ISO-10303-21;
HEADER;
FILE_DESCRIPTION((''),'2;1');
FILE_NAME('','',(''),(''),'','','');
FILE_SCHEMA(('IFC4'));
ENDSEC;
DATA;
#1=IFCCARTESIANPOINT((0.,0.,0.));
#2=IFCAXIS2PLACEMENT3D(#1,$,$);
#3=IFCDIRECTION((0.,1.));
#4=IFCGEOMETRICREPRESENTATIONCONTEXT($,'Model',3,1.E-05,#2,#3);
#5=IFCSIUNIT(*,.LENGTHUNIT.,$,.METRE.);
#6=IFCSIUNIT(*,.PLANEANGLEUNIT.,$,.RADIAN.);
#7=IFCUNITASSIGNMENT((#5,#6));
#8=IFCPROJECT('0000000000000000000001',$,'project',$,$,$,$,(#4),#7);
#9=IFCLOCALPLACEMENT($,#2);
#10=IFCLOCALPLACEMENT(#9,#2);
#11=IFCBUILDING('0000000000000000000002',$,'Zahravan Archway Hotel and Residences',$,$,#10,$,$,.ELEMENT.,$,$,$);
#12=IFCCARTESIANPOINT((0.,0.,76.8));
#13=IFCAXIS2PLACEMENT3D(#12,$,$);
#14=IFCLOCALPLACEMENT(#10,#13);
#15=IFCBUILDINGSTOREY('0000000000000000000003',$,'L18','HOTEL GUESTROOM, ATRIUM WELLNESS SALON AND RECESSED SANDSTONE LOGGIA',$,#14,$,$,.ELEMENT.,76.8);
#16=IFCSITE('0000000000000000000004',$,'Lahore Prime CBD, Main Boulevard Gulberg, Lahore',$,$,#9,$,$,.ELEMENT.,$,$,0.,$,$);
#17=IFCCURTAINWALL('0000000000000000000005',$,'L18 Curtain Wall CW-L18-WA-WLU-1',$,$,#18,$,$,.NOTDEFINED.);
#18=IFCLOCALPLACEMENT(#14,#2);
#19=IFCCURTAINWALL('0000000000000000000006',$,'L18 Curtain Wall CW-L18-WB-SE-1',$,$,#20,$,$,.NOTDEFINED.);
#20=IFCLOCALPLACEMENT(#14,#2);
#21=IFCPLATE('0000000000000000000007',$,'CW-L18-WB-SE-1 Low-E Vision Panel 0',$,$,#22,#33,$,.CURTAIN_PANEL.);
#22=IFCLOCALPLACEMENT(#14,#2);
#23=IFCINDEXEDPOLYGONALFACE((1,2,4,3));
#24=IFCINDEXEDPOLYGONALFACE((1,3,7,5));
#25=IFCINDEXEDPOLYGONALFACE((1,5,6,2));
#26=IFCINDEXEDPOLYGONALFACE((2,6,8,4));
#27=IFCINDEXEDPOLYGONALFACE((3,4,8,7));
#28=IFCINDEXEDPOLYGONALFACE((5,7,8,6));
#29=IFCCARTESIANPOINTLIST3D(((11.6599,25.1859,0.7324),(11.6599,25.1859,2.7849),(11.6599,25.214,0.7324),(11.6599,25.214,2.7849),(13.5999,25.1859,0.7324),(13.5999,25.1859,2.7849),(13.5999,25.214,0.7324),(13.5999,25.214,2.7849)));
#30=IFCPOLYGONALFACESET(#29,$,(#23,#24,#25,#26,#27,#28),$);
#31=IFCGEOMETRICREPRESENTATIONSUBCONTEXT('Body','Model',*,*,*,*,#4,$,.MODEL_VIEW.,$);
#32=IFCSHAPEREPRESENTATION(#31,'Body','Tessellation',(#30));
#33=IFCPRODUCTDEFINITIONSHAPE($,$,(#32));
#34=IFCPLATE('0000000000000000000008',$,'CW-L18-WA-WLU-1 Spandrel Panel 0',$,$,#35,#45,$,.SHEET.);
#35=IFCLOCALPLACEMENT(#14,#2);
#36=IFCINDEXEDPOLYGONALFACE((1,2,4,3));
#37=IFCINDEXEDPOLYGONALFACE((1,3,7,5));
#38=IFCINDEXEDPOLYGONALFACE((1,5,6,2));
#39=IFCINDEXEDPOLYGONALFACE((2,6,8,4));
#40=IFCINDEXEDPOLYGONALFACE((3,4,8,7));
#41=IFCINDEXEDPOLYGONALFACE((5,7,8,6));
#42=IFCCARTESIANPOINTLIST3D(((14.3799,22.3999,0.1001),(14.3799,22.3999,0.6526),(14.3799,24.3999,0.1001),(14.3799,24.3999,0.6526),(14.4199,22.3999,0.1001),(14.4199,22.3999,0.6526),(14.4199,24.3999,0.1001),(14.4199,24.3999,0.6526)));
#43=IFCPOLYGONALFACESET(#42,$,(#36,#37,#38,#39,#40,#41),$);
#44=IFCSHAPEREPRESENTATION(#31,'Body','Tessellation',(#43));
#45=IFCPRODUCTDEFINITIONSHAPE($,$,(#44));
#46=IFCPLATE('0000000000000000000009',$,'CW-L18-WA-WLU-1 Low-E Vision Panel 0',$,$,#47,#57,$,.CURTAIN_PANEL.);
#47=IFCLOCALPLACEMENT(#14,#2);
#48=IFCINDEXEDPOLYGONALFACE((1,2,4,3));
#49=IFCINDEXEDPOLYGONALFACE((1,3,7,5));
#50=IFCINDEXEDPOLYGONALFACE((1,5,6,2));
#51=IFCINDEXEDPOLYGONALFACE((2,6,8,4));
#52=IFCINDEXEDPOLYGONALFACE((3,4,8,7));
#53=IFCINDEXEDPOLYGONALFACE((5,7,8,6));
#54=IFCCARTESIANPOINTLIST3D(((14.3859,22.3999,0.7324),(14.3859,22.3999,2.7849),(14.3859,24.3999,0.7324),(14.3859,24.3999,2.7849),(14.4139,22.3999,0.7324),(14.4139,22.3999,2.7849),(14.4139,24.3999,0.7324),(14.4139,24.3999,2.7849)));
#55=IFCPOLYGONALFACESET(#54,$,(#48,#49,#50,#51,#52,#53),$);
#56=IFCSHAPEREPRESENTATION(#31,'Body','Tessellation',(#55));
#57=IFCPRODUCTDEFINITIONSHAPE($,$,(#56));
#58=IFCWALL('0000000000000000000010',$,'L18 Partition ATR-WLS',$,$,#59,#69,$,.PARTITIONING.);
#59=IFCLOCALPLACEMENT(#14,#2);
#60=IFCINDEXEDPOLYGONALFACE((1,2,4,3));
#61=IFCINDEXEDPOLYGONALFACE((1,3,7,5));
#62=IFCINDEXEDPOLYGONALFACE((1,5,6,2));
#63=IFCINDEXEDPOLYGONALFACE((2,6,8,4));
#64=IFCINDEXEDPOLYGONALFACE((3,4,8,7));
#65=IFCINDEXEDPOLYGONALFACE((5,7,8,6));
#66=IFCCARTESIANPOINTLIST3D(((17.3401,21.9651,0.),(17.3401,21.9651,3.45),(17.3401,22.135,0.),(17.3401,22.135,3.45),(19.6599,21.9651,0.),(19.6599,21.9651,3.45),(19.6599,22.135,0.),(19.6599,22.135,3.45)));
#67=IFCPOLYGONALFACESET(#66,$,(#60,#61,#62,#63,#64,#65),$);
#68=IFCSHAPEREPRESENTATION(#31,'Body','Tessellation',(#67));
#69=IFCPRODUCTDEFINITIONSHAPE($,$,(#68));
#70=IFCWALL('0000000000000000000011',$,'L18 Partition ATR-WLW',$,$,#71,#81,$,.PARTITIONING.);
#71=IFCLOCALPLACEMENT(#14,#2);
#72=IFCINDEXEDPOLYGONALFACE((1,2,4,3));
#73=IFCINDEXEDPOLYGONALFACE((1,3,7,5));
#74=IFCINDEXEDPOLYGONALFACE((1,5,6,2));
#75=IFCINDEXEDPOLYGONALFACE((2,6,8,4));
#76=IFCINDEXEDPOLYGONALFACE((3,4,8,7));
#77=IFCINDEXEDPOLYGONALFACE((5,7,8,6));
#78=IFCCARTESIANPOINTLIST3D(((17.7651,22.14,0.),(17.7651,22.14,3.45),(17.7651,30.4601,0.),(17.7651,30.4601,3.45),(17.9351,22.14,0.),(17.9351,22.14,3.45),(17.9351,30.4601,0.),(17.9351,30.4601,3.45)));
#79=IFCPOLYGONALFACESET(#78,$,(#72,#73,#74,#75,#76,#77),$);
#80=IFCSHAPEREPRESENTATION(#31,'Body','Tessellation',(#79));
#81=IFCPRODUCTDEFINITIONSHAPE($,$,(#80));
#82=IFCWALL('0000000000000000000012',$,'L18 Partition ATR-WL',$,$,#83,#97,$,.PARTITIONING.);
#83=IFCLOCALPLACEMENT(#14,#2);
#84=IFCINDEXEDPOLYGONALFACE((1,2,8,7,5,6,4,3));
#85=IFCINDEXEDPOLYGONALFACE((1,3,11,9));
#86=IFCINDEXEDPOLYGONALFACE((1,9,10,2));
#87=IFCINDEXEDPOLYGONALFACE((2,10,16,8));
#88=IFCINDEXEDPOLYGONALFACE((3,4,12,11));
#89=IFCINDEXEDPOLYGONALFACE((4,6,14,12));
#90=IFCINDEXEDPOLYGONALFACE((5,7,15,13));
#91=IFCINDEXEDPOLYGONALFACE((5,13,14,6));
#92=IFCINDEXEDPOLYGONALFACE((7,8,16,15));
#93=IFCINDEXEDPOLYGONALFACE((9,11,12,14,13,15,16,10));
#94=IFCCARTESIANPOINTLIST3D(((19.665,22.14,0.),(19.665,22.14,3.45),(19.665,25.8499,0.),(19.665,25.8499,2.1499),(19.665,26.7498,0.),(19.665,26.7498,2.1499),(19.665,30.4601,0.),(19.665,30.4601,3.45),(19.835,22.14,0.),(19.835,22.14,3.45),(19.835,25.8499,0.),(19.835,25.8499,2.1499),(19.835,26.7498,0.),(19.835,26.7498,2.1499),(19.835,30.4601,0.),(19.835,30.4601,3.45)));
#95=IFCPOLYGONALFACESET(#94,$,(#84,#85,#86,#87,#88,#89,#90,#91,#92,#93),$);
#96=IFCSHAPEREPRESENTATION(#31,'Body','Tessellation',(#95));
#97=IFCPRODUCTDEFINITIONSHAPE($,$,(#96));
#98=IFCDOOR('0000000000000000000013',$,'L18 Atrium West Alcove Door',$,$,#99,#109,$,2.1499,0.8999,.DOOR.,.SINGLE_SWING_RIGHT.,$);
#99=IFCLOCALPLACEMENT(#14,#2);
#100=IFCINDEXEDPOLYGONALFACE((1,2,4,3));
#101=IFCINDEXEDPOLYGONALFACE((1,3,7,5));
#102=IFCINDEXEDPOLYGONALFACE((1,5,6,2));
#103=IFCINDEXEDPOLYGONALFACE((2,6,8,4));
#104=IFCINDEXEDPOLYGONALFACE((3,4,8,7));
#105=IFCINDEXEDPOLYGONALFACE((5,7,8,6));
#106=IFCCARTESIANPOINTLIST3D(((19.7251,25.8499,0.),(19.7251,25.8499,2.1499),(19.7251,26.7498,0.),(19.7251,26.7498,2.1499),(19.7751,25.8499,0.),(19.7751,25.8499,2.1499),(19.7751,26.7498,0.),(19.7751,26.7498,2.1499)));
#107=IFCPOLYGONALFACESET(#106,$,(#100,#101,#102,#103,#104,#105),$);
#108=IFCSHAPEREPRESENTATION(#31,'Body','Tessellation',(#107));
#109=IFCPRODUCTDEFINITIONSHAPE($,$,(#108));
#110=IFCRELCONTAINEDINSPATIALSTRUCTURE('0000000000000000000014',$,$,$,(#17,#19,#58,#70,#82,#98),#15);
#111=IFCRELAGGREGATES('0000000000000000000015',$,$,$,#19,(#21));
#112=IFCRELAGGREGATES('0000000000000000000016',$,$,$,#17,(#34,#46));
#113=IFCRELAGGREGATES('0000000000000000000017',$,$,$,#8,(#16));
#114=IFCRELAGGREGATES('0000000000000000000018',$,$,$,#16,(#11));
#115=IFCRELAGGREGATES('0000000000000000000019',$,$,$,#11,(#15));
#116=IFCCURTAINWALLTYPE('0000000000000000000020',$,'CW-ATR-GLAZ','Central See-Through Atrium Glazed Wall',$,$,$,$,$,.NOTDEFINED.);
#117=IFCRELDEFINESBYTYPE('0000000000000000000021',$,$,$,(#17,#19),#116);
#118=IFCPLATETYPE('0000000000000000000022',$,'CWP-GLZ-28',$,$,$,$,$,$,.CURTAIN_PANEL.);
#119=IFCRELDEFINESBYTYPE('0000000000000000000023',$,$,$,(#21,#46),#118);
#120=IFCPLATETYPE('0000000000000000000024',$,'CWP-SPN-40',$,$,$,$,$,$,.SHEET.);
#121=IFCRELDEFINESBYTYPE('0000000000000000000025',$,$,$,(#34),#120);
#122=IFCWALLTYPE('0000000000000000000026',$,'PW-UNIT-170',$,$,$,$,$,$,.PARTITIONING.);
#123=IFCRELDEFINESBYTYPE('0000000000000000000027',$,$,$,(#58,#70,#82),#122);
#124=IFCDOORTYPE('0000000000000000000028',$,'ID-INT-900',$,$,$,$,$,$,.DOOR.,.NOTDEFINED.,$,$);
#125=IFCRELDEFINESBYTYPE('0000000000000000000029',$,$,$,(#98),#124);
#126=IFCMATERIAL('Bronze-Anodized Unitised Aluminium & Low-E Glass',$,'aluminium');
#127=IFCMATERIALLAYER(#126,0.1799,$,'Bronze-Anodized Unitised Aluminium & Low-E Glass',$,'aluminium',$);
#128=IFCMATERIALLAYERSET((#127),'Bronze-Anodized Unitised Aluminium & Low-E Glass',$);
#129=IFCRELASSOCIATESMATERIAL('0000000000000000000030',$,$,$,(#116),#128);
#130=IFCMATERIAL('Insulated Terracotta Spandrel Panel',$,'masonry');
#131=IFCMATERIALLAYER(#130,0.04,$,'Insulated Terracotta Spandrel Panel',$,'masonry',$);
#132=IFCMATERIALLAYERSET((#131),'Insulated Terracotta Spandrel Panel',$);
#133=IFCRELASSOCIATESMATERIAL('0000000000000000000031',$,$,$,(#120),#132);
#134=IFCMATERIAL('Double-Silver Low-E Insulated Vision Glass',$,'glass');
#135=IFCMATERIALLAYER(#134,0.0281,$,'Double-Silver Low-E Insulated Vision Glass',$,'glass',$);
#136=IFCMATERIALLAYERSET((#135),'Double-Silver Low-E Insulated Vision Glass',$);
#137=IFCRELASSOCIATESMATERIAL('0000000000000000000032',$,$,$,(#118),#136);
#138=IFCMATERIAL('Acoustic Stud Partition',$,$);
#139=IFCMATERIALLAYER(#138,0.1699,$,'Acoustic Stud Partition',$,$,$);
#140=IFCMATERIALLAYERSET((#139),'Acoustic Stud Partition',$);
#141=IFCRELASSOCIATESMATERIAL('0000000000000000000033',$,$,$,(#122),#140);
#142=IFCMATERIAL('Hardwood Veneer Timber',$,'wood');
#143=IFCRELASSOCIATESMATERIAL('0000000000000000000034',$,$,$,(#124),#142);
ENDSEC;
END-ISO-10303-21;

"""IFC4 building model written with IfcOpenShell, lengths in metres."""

from ifc_helpers import new_model, si_unit, direction, frame, frame_2d, origin, origin_2d, place, context, subcontext, project, spatial, rectangle, extrude, source, transform, mapped, material, layer, layer_set, type_object, type_shapes, element, fill, aggregate, save


model = new_model("IFC4")

# Units and contexts
model_context = context("Model", 3, precision=1e-05, world=origin(), true_north=direction((0.0, 1.0)))
body_context = subcontext(model_context, "Body", "Model", "MODEL_VIEW")
ifc_project = project(units=[si_unit("LENGTHUNIT", "METRE"), si_unit("PLANEANGLEUNIT", "RADIAN")], contexts=[model_context])

# Site, building, storey
site_placement = place(None, origin())
site = spatial("IfcSite", under=ifc_project, at=site_placement, Name="Lahore Prime CBD, Main Boulevard Gulberg, Lahore", CompositionType="ELEMENT", RefElevation=0.0)
building_placement = place(site_placement, origin())
building = spatial("IfcBuilding", under=site, at=building_placement, Name="Zahravan Archway Hotel and Residences", CompositionType="ELEMENT")
storey_placement = place(building_placement, frame((0.0, 0.0, 76.8)))
storey = spatial("IfcBuildingStorey", under=building, at=storey_placement, Name="L18", Description="HOTEL GUESTROOM, ATRIUM WELLNESS SALON AND RECESSED SANDSTONE LOGGIA", CompositionType="ELEMENT", Elevation=76.8)

# Curtain walls
ifc_material_1 = material(Name="Bronze-Anodized Unitised Aluminium & Low-E Glass", Category="aluminium")
ifc_layer_1 = layer(ifc_material_1, 0.1799, Name="Bronze-Anodized Unitised Aluminium & Low-E Glass", Category="aluminium")
ifc_layer_set_1 = layer_set([ifc_layer_1], Name="Bronze-Anodized Unitised Aluminium & Low-E Glass")
curtain_wall_type = type_object("IfcCurtainWallType", Name="CW-ATR-GLAZ", Description="Central See-Through Atrium Glazed Wall", PredefinedType="NOTDEFINED", material=ifc_layer_set_1)
curtain_wall_1_placement = place(storey_placement, origin())
curtain_wall_1 = element("IfcCurtainWall", 1, at=curtain_wall_1_placement, inside=storey, type_object=curtain_wall_type, Name="L18 Curtain Wall CW-L18-WA-WLU-1", PredefinedType="NOTDEFINED")
curtain_wall_2_placement = place(storey_placement, origin())
curtain_wall_2 = element("IfcCurtainWall", 2, at=curtain_wall_2_placement, inside=storey, type_object=curtain_wall_type, Name="L18 Curtain Wall CW-L18-WB-SE-1", PredefinedType="NOTDEFINED")

# Plates
ifc_material_2 = material(Name="Insulated Terracotta Spandrel Panel", Category="masonry")
ifc_layer_2 = layer(ifc_material_2, 0.04, Name="Insulated Terracotta Spandrel Panel", Category="masonry")
ifc_layer_set_2 = layer_set([ifc_layer_2], Name="Insulated Terracotta Spandrel Panel")
plate_type_1 = type_object("IfcPlateType", Name="CWP-SPN-40", PredefinedType="SHEET", material=ifc_layer_set_2)
ifc_material_3 = material(Name="Double-Silver Low-E Insulated Vision Glass", Category="glass")
ifc_layer_3 = layer(ifc_material_3, 0.0281, Name="Double-Silver Low-E Insulated Vision Glass", Category="glass")
ifc_layer_set_3 = layer_set([ifc_layer_3], Name="Double-Silver Low-E Insulated Vision Glass")
plate_type_2 = type_object("IfcPlateType", Name="CWP-GLZ-28", PredefinedType="CURTAIN_PANEL", material=ifc_layer_set_3)
shared_shape_1 = source(origin(), body_context, "Body", "SweptSolid", [
    extrude(rectangle(XDim=1.9399, YDim=0.0281, at=origin_2d()), origin(), (0.0, 0.0, 1.0), 2.0525),
])
plate_1_placement = place(storey_placement, frame((12.6299, 25.2, 0.7324), z_axis=(0.0, 0.0, 1.0), x_axis=(1.0, 0.0, 0.0)))
plate_1 = element("IfcPlate", 3, at=plate_1_placement, type_object=plate_type_2, Name="CW-L18-WB-SE-1 Low-E Vision Panel 0", PredefinedType="CURTAIN_PANEL", context=body_context, shape_type="MappedRepresentation", body=[
    mapped(shared_shape_1, transform((0.0, 0.0, 0.0), scale=1.0)),
])
aggregate(curtain_wall_2, [plate_1])
shared_shape_2 = source(origin(), body_context, "Body", "SweptSolid", [
    extrude(rectangle(XDim=2.0, YDim=0.04, at=origin_2d()), origin(), (0.0, 0.0, 1.0), 0.5525),
])
plate_2_placement = place(storey_placement, frame((14.3999, 23.3999, 0.1001), z_axis=(0.0, 0.0, 1.0), x_axis=(0.0, 1.0, 0.0)))
plate_2 = element("IfcPlate", 4, at=plate_2_placement, type_object=plate_type_1, Name="CW-L18-WA-WLU-1 Spandrel Panel 0", PredefinedType="SHEET", context=body_context, shape_type="MappedRepresentation", body=[
    mapped(shared_shape_2, transform((0.0, 0.0, 0.0), scale=1.0)),
])
shared_shape_3 = source(origin(), body_context, "Body", "SweptSolid", [
    extrude(rectangle(XDim=2.0, YDim=0.0281, at=origin_2d()), origin(), (0.0, 0.0, 1.0), 2.0525),
])
plate_3_placement = place(storey_placement, frame((14.3999, 23.3999, 0.7324), z_axis=(0.0, 0.0, 1.0), x_axis=(0.0, 1.0, 0.0)))
plate_3 = element("IfcPlate", 5, at=plate_3_placement, type_object=plate_type_2, Name="CW-L18-WA-WLU-1 Low-E Vision Panel 0", PredefinedType="CURTAIN_PANEL", context=body_context, shape_type="MappedRepresentation", body=[
    mapped(shared_shape_3, transform((0.0, 0.0, 0.0), scale=1.0)),
])
aggregate(curtain_wall_1, [plate_2, plate_3])

# Walls
ifc_material_4 = material(Name="Acoustic Stud Partition")
ifc_layer_4 = layer(ifc_material_4, 0.1699, Name="Acoustic Stud Partition")
ifc_layer_set_4 = layer_set([ifc_layer_4], Name="Acoustic Stud Partition")
wall_type = type_object("IfcWallType", Name="PW-UNIT-170", PredefinedType="PARTITIONING", material=ifc_layer_set_4)
wall_1_placement = place(storey_placement, frame((17.3401, 22.05, 0.0), z_axis=(0.0, 0.0, 1.0), x_axis=(1.0, 0.0, 0.0)))
element("IfcWall", 6, at=wall_1_placement, inside=storey, type_object=wall_type, Name="L18 Partition ATR-WLS", PredefinedType="PARTITIONING", context=body_context, shape_type="SweptSolid", body=[
    extrude(rectangle(XDim=2.3198, YDim=0.1699, at=frame_2d((1.1599, 0.0))), origin(), (0.0, 0.0, 1.0), 3.45),
])
wall_2_placement = place(storey_placement, frame((17.8501, 22.1399, 0.0), z_axis=(0.0, 0.0, 1.0), x_axis=(0.0, 1.0, 0.0)))
element("IfcWall", 7, at=wall_2_placement, inside=storey, type_object=wall_type, Name="L18 Partition ATR-WLW", PredefinedType="PARTITIONING", context=body_context, shape_type="SweptSolid", body=[
    extrude(rectangle(XDim=8.3201, YDim=0.1699, at=frame_2d((4.1602, 0.0))), origin(), (0.0, 0.0, 1.0), 3.45),
])

# Wall, opening, door
wall_3_placement = place(storey_placement, frame((19.75, 22.1399, 0.0), z_axis=(0.0, 0.0, 1.0), x_axis=(0.0, 1.0, 0.0)))
wall_3 = element("IfcWall", 8, at=wall_3_placement, inside=storey, type_object=wall_type, Name="L18 Partition ATR-WL", PredefinedType="PARTITIONING", context=body_context, shape_type="SweptSolid", body=[
    extrude(rectangle(XDim=8.3201, YDim=0.1699, at=frame_2d((4.1602, 0.0))), origin(), (0.0, 0.0, 1.0), 3.45),
])
opening_placement = place(wall_3_placement, frame((3.71, 0.0, 0.0)))
opening = element("IfcOpeningElement", 9, at=opening_placement, cuts=wall_3, PredefinedType="OPENING", context=body_context, shape_type="SweptSolid", body=[
    extrude(rectangle(XDim=0.8999, YDim=2.1499, at=frame_2d((0.45, 1.075))), frame((0.0, 0.095, 0.0), z_axis=(0.0, -1.0, 0.0), x_axis=(1.0, 0.0, 0.0)), (0.0, 0.0, 1.0), 0.1899),
])
ifc_material_5 = material(Name="Hardwood Veneer Timber", Category="wood")
door_type = type_object("IfcDoorType", Name="ID-INT-900", OperationType="NOTDEFINED", PredefinedType="DOOR", material=ifc_material_5)
shared_shape_4 = source(origin(), body_context, "Body", "SweptSolid", [
    extrude(rectangle(XDim=0.8999, YDim=2.1499, at=frame_2d((0.45, 1.075))), frame((0.0, 0.0249, 0.0), z_axis=(0.0, -1.0, 0.0), x_axis=(1.0, 0.0, 0.0)), (0.0, 0.0, 1.0), 0.05),
])
type_shapes(door_type, [shared_shape_4])
door_placement = place(opening_placement, origin())
door = element("IfcDoor", 10, at=door_placement, inside=storey, type_object=door_type, Name="L18 Atrium West Alcove Door", OperationType="SINGLE_SWING_RIGHT", OverallHeight=2.1499, OverallWidth=0.8999, PredefinedType="DOOR", context=body_context, shape_type="MappedRepresentation", body=[
    mapped(shared_shape_4, transform((0.0, 0.0, 0.0), scale=1.0)),
])
fill(opening, door)

save(model, "model.ifc")
